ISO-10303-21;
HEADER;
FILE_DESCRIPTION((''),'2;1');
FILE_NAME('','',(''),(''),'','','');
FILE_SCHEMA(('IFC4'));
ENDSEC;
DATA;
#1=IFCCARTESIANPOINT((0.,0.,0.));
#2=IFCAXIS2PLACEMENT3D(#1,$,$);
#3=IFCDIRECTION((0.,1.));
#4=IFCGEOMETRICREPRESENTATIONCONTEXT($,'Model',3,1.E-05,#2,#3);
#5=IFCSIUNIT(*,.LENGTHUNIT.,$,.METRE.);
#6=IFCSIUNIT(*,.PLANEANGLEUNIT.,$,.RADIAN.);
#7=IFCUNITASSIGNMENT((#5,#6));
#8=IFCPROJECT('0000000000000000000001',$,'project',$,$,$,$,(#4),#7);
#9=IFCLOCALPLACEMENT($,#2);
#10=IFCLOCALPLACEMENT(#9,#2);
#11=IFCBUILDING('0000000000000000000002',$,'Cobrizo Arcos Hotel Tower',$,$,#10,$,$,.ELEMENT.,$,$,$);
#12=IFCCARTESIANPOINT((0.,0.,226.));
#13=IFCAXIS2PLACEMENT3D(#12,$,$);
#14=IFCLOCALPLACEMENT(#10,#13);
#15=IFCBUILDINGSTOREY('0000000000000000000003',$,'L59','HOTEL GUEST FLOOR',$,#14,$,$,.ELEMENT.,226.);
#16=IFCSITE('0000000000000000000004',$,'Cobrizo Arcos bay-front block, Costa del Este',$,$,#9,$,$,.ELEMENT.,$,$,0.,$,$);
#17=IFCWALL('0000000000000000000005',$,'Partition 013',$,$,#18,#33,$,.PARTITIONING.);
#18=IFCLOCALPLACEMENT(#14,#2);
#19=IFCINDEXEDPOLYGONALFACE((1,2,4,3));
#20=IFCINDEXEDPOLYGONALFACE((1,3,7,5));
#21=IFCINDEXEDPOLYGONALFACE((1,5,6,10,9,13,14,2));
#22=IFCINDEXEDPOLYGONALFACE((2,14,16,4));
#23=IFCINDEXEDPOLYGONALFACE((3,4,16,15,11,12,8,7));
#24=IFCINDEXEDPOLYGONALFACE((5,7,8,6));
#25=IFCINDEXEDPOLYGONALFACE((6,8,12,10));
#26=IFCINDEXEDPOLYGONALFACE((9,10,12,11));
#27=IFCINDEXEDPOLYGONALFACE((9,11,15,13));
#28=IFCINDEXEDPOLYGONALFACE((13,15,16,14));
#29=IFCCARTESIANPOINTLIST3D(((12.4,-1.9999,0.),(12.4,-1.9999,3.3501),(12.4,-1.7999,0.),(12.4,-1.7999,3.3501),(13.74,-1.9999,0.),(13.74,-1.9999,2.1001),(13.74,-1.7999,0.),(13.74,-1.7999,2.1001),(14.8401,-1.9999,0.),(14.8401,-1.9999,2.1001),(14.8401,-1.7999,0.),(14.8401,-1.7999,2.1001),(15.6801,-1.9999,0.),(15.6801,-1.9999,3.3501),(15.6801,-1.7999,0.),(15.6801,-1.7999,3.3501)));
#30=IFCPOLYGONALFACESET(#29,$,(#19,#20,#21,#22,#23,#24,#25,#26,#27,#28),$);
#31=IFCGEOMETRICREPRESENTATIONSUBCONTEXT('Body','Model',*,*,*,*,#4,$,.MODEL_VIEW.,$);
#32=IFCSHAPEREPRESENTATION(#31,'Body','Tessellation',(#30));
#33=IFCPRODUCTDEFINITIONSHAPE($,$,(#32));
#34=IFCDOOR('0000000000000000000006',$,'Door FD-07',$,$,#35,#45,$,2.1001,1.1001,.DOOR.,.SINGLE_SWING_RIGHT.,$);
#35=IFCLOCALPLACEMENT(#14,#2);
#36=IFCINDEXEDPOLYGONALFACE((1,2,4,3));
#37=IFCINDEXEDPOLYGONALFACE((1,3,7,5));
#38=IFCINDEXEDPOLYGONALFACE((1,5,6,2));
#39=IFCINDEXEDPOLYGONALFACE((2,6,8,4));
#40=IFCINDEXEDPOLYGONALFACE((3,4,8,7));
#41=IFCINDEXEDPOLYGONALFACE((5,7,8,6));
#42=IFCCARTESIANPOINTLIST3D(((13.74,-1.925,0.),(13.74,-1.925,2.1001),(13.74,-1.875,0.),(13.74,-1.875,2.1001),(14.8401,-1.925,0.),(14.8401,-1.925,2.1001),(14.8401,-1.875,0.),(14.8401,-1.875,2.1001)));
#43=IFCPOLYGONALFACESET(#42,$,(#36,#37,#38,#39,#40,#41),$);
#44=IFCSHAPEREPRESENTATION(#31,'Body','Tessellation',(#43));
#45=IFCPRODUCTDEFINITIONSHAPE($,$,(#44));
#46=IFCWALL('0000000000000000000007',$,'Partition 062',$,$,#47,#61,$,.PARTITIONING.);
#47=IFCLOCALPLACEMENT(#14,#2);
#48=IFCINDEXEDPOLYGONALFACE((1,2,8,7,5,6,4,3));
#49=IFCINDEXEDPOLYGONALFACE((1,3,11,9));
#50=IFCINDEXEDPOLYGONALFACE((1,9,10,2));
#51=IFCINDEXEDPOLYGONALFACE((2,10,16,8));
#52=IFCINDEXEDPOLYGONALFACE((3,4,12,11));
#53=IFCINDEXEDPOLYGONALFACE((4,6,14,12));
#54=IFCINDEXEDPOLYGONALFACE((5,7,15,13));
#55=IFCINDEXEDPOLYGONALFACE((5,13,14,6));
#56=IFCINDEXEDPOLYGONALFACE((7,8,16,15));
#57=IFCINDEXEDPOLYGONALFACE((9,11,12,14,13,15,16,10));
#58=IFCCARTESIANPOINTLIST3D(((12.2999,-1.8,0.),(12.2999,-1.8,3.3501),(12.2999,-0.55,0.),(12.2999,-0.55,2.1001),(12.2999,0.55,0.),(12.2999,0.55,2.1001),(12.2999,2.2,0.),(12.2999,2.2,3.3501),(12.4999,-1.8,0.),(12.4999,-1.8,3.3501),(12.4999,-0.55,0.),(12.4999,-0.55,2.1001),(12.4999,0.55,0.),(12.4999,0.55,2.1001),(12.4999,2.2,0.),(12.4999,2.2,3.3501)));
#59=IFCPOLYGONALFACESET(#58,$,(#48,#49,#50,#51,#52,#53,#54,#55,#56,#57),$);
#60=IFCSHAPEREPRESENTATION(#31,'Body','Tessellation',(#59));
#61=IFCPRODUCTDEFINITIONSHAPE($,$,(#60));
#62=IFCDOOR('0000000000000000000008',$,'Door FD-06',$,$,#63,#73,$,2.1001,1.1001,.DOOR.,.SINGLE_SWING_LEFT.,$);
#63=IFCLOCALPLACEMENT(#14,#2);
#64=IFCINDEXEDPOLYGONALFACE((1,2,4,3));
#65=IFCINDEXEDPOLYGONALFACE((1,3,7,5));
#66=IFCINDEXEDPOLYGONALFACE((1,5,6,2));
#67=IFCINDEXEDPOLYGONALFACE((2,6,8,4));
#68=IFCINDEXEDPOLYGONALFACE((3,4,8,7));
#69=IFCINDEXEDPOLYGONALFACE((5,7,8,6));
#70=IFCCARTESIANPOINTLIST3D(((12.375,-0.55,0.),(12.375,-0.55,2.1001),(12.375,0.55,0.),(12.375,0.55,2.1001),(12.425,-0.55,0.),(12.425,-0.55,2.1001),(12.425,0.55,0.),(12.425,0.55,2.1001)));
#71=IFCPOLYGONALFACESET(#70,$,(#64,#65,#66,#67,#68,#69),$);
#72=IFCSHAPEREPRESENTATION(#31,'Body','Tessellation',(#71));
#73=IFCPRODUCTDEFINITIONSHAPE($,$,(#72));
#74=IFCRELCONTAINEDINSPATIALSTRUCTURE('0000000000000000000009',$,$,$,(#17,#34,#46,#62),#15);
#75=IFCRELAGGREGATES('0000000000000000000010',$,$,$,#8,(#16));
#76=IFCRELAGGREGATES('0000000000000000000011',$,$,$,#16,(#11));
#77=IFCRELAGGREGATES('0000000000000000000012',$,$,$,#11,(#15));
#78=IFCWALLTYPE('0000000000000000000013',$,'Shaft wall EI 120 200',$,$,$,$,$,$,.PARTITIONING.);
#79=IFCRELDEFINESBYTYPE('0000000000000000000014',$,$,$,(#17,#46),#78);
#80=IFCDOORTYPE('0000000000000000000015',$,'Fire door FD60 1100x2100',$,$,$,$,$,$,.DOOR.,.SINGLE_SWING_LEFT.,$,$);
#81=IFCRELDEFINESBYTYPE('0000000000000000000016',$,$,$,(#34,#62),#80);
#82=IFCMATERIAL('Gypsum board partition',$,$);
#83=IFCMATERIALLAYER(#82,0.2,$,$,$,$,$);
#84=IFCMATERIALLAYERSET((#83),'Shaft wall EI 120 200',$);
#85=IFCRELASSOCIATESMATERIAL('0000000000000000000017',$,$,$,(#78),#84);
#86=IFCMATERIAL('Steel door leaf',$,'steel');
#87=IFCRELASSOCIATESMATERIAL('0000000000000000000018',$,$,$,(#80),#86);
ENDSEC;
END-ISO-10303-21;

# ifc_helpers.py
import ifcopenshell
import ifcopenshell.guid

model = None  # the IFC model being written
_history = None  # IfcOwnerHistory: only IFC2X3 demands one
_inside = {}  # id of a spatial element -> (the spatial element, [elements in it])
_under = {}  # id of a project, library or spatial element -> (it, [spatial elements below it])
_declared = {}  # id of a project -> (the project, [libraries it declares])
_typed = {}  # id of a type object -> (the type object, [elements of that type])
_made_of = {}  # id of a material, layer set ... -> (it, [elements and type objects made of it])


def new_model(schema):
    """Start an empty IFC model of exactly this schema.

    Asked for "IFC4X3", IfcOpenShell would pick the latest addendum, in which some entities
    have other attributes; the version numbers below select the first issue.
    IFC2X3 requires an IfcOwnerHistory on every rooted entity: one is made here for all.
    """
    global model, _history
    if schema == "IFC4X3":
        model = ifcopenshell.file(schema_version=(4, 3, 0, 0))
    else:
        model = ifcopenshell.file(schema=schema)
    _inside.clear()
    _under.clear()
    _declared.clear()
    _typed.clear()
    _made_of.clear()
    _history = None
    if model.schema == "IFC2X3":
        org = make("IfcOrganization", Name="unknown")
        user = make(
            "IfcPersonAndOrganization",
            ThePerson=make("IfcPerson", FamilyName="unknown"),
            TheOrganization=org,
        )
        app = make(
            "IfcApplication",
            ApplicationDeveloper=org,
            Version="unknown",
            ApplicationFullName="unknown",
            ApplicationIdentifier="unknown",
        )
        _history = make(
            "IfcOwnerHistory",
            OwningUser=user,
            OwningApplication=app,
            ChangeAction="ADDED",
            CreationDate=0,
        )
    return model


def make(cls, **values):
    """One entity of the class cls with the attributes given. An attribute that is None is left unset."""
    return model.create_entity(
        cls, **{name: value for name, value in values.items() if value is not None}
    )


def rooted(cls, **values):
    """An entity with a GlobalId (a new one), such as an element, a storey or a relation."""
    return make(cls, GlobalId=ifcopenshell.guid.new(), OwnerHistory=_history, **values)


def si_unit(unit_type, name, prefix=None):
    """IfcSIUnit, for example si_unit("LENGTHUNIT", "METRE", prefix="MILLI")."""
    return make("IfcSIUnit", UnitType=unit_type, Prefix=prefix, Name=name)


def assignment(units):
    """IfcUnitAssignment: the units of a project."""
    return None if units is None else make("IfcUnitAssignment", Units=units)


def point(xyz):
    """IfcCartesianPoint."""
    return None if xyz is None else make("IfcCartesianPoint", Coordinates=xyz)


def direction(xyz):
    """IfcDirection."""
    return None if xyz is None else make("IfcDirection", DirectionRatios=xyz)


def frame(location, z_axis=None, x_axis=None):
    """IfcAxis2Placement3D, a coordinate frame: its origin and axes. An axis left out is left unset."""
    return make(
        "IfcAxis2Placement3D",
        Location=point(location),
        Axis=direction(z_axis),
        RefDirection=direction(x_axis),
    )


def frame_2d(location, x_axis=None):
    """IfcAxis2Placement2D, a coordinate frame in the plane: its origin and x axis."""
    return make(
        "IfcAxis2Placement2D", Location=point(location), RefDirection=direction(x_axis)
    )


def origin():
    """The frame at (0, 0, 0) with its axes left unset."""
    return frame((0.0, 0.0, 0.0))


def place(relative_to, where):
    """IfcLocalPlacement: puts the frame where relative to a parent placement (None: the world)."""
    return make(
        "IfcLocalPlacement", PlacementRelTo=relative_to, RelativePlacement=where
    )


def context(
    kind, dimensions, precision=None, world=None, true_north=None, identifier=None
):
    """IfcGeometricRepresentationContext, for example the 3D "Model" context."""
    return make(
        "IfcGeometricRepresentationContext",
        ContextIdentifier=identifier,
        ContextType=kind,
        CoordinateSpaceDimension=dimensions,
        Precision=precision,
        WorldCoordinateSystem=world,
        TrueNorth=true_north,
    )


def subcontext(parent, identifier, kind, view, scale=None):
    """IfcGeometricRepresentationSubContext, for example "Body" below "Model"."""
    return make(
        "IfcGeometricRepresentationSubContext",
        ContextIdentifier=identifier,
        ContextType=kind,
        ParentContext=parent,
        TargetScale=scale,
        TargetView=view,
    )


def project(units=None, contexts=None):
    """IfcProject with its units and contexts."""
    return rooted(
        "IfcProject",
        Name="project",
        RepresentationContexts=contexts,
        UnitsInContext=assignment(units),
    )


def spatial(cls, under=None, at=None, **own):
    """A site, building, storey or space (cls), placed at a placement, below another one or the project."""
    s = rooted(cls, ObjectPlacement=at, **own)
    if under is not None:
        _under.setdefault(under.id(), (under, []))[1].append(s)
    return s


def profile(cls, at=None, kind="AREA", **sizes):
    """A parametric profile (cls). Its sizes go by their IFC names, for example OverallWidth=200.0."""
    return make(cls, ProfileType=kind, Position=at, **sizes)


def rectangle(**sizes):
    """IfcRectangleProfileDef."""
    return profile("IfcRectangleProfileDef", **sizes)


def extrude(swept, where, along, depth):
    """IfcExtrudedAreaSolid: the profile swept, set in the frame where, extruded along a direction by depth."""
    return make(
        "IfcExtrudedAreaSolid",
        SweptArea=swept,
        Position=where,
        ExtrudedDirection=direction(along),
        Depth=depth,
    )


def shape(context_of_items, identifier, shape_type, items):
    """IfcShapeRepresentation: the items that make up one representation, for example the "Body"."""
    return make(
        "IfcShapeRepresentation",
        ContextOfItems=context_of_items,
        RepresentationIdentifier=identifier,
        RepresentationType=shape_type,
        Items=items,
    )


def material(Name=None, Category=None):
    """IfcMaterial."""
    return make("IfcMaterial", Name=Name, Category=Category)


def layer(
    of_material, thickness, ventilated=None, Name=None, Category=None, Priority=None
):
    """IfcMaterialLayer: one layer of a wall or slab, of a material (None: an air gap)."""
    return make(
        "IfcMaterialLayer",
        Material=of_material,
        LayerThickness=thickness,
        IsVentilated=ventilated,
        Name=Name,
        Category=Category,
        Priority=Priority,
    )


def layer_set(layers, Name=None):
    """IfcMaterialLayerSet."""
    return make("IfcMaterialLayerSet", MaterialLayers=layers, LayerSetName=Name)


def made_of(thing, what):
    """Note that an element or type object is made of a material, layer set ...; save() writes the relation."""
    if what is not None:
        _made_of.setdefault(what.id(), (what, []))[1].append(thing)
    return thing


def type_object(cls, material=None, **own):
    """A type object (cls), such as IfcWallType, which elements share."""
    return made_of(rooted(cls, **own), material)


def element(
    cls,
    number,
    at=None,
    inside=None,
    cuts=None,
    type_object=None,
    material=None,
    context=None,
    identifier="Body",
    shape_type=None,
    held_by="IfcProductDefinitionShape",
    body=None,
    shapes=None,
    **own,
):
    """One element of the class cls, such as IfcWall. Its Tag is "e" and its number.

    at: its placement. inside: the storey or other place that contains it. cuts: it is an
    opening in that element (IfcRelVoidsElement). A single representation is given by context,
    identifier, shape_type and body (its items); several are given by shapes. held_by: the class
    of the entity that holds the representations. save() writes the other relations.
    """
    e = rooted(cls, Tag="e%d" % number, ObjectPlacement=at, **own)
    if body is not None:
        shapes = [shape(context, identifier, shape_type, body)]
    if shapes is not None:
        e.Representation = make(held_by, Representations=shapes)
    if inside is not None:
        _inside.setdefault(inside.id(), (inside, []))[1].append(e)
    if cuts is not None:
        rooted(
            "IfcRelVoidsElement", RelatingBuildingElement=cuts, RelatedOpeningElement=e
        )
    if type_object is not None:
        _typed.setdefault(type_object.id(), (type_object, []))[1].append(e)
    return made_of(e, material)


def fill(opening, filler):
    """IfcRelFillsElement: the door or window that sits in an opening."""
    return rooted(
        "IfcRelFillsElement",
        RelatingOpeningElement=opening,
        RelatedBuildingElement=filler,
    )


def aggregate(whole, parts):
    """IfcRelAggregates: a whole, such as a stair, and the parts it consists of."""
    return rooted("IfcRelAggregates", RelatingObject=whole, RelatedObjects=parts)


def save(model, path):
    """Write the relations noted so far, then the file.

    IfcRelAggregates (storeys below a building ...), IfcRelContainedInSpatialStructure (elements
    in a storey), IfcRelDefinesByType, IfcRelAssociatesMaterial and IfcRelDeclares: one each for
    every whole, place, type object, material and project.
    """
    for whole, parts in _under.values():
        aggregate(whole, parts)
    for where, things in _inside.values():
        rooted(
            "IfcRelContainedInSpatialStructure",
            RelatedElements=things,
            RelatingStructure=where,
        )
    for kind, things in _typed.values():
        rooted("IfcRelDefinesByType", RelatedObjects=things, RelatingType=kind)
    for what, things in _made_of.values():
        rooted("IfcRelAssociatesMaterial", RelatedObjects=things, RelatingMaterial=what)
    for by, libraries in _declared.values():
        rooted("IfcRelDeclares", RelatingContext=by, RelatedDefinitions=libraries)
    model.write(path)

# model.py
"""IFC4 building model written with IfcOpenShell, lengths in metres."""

from ifc_helpers import new_model, si_unit, direction, frame, frame_2d, origin, place, context, subcontext, project, spatial, rectangle, extrude, material, layer, layer_set, type_object, element, fill, save


model = new_model("IFC4")

# Units and contexts
model_context = context("Model", 3, precision=1e-05, world=origin(), true_north=direction((0.0, 1.0)))
body_context = subcontext(model_context, "Body", "Model", "MODEL_VIEW")
ifc_project = project(units=[si_unit("LENGTHUNIT", "METRE"), si_unit("PLANEANGLEUNIT", "RADIAN")], contexts=[model_context])

# Site, building, storey
site_placement = place(None, origin())
site = spatial("IfcSite", under=ifc_project, at=site_placement, Name="Cobrizo Arcos bay-front block, Costa del Este", CompositionType="ELEMENT", RefElevation=0.0)
building_placement = place(site_placement, origin())
building = spatial("IfcBuilding", under=site, at=building_placement, Name="Cobrizo Arcos Hotel Tower", CompositionType="ELEMENT")
storey_placement = place(building_placement, frame((0.0, 0.0, 226.0)))
storey = spatial("IfcBuildingStorey", under=building, at=storey_placement, Name="L59", Description="HOTEL GUEST FLOOR", CompositionType="ELEMENT", Elevation=226.0)

# Shared definitions
ifc_material_1 = material(Name="Gypsum board partition")

# Walls, openings, doors
ifc_layer_1 = layer(ifc_material_1, 0.2)
ifc_layer_set_1 = layer_set([ifc_layer_1], Name="Shaft wall EI 120 200")
wall_type_1 = type_object("IfcWallType", Name="Shaft wall EI 120 200", PredefinedType="PARTITIONING", material=ifc_layer_set_1)
wall_1_placement = place(storey_placement, frame((12.3999, -1.8999, 0.0), z_axis=(0.0, 0.0, 1.0), x_axis=(1.0, 0.0, 0.0)))
wall_1 = element("IfcWall", 1, at=wall_1_placement, inside=storey, type_object=wall_type_1, Name="Partition 013", PredefinedType="PARTITIONING", context=body_context, shape_type="SweptSolid", body=[
    extrude(rectangle(XDim=3.28, YDim=0.2, at=frame_2d((1.6401, 0.0))), origin(), (0.0, 0.0, 1.0), 3.3501),
])
opening_1_placement = place(wall_1_placement, frame((1.3401, 0.0, 0.0)))
opening_1 = element("IfcOpeningElement", 2, at=opening_1_placement, cuts=wall_1, PredefinedType="OPENING", context=body_context, shape_type="SweptSolid", body=[
    extrude(rectangle(XDim=1.1001, YDim=2.1001, at=frame_2d((0.55, 1.05))), frame((0.0, 0.1121, 0.0), z_axis=(0.0, -1.0, 0.0), x_axis=(1.0, 0.0, 0.0)), (0.0, 0.0, 1.0), 0.2239),
])
ifc_material_2 = material(Name="Steel door leaf", Category="steel")
door_type_1 = type_object("IfcDoorType", Name="Fire door FD60 1100x2100", OperationType="SINGLE_SWING_LEFT", PredefinedType="DOOR", material=ifc_material_2)
door_1_placement = place(opening_1_placement, origin())
door_1 = element("IfcDoor", 3, at=door_1_placement, inside=storey, type_object=door_type_1, Name="Door FD-07", OperationType="SINGLE_SWING_RIGHT", OverallHeight=2.1001, OverallWidth=1.1001, PredefinedType="DOOR", context=body_context, shape_type="SweptSolid", body=[
    extrude(rectangle(XDim=1.1001, YDim=2.1001, at=frame_2d((0.55, 1.05))), frame((0.0, 0.0249, 0.0), z_axis=(0.0, -1.0, 0.0), x_axis=(1.0, 0.0, 0.0)), (0.0, 0.0, 1.0), 0.05),
])
fill(opening_1, door_1)
wall_2_placement = place(storey_placement, frame((12.3999, -1.8, 0.0), z_axis=(0.0, 0.0, 1.0), x_axis=(0.0, 1.0, 0.0)))
wall_2 = element("IfcWall", 4, at=wall_2_placement, inside=storey, type_object=wall_type_1, Name="Partition 062", PredefinedType="PARTITIONING", context=body_context, shape_type="SweptSolid", body=[
    extrude(rectangle(XDim=4.0, YDim=0.2, at=frame_2d((2.0, 0.0))), origin(), (0.0, 0.0, 1.0), 3.3501),
])
opening_2_placement = place(wall_2_placement, frame((1.25, 0.0, 0.0)))
opening_2 = element("IfcOpeningElement", 5, at=opening_2_placement, cuts=wall_2, PredefinedType="OPENING", context=body_context, shape_type="SweptSolid", body=[
    extrude(rectangle(XDim=1.1001, YDim=2.1001, at=frame_2d((0.55, 1.05))), frame((0.0, 0.1121, 0.0), z_axis=(0.0, -1.0, 0.0), x_axis=(1.0, 0.0, 0.0)), (0.0, 0.0, 1.0), 0.2239),
])
door_2_placement = place(opening_2_placement, origin())
door_2 = element("IfcDoor", 6, at=door_2_placement, inside=storey, type_object=door_type_1, Name="Door FD-06", OperationType="SINGLE_SWING_LEFT", OverallHeight=2.1001, OverallWidth=1.1001, PredefinedType="DOOR", context=body_context, shape_type="SweptSolid", body=[
    extrude(rectangle(XDim=1.1001, YDim=2.1001, at=frame_2d((0.55, 1.05))), frame((0.0, 0.0249, 0.0), z_axis=(0.0, -1.0, 0.0), x_axis=(1.0, 0.0, 0.0)), (0.0, 0.0, 1.0), 0.05),
])
fill(opening_2, door_2)

save(model, "model.ifc")
